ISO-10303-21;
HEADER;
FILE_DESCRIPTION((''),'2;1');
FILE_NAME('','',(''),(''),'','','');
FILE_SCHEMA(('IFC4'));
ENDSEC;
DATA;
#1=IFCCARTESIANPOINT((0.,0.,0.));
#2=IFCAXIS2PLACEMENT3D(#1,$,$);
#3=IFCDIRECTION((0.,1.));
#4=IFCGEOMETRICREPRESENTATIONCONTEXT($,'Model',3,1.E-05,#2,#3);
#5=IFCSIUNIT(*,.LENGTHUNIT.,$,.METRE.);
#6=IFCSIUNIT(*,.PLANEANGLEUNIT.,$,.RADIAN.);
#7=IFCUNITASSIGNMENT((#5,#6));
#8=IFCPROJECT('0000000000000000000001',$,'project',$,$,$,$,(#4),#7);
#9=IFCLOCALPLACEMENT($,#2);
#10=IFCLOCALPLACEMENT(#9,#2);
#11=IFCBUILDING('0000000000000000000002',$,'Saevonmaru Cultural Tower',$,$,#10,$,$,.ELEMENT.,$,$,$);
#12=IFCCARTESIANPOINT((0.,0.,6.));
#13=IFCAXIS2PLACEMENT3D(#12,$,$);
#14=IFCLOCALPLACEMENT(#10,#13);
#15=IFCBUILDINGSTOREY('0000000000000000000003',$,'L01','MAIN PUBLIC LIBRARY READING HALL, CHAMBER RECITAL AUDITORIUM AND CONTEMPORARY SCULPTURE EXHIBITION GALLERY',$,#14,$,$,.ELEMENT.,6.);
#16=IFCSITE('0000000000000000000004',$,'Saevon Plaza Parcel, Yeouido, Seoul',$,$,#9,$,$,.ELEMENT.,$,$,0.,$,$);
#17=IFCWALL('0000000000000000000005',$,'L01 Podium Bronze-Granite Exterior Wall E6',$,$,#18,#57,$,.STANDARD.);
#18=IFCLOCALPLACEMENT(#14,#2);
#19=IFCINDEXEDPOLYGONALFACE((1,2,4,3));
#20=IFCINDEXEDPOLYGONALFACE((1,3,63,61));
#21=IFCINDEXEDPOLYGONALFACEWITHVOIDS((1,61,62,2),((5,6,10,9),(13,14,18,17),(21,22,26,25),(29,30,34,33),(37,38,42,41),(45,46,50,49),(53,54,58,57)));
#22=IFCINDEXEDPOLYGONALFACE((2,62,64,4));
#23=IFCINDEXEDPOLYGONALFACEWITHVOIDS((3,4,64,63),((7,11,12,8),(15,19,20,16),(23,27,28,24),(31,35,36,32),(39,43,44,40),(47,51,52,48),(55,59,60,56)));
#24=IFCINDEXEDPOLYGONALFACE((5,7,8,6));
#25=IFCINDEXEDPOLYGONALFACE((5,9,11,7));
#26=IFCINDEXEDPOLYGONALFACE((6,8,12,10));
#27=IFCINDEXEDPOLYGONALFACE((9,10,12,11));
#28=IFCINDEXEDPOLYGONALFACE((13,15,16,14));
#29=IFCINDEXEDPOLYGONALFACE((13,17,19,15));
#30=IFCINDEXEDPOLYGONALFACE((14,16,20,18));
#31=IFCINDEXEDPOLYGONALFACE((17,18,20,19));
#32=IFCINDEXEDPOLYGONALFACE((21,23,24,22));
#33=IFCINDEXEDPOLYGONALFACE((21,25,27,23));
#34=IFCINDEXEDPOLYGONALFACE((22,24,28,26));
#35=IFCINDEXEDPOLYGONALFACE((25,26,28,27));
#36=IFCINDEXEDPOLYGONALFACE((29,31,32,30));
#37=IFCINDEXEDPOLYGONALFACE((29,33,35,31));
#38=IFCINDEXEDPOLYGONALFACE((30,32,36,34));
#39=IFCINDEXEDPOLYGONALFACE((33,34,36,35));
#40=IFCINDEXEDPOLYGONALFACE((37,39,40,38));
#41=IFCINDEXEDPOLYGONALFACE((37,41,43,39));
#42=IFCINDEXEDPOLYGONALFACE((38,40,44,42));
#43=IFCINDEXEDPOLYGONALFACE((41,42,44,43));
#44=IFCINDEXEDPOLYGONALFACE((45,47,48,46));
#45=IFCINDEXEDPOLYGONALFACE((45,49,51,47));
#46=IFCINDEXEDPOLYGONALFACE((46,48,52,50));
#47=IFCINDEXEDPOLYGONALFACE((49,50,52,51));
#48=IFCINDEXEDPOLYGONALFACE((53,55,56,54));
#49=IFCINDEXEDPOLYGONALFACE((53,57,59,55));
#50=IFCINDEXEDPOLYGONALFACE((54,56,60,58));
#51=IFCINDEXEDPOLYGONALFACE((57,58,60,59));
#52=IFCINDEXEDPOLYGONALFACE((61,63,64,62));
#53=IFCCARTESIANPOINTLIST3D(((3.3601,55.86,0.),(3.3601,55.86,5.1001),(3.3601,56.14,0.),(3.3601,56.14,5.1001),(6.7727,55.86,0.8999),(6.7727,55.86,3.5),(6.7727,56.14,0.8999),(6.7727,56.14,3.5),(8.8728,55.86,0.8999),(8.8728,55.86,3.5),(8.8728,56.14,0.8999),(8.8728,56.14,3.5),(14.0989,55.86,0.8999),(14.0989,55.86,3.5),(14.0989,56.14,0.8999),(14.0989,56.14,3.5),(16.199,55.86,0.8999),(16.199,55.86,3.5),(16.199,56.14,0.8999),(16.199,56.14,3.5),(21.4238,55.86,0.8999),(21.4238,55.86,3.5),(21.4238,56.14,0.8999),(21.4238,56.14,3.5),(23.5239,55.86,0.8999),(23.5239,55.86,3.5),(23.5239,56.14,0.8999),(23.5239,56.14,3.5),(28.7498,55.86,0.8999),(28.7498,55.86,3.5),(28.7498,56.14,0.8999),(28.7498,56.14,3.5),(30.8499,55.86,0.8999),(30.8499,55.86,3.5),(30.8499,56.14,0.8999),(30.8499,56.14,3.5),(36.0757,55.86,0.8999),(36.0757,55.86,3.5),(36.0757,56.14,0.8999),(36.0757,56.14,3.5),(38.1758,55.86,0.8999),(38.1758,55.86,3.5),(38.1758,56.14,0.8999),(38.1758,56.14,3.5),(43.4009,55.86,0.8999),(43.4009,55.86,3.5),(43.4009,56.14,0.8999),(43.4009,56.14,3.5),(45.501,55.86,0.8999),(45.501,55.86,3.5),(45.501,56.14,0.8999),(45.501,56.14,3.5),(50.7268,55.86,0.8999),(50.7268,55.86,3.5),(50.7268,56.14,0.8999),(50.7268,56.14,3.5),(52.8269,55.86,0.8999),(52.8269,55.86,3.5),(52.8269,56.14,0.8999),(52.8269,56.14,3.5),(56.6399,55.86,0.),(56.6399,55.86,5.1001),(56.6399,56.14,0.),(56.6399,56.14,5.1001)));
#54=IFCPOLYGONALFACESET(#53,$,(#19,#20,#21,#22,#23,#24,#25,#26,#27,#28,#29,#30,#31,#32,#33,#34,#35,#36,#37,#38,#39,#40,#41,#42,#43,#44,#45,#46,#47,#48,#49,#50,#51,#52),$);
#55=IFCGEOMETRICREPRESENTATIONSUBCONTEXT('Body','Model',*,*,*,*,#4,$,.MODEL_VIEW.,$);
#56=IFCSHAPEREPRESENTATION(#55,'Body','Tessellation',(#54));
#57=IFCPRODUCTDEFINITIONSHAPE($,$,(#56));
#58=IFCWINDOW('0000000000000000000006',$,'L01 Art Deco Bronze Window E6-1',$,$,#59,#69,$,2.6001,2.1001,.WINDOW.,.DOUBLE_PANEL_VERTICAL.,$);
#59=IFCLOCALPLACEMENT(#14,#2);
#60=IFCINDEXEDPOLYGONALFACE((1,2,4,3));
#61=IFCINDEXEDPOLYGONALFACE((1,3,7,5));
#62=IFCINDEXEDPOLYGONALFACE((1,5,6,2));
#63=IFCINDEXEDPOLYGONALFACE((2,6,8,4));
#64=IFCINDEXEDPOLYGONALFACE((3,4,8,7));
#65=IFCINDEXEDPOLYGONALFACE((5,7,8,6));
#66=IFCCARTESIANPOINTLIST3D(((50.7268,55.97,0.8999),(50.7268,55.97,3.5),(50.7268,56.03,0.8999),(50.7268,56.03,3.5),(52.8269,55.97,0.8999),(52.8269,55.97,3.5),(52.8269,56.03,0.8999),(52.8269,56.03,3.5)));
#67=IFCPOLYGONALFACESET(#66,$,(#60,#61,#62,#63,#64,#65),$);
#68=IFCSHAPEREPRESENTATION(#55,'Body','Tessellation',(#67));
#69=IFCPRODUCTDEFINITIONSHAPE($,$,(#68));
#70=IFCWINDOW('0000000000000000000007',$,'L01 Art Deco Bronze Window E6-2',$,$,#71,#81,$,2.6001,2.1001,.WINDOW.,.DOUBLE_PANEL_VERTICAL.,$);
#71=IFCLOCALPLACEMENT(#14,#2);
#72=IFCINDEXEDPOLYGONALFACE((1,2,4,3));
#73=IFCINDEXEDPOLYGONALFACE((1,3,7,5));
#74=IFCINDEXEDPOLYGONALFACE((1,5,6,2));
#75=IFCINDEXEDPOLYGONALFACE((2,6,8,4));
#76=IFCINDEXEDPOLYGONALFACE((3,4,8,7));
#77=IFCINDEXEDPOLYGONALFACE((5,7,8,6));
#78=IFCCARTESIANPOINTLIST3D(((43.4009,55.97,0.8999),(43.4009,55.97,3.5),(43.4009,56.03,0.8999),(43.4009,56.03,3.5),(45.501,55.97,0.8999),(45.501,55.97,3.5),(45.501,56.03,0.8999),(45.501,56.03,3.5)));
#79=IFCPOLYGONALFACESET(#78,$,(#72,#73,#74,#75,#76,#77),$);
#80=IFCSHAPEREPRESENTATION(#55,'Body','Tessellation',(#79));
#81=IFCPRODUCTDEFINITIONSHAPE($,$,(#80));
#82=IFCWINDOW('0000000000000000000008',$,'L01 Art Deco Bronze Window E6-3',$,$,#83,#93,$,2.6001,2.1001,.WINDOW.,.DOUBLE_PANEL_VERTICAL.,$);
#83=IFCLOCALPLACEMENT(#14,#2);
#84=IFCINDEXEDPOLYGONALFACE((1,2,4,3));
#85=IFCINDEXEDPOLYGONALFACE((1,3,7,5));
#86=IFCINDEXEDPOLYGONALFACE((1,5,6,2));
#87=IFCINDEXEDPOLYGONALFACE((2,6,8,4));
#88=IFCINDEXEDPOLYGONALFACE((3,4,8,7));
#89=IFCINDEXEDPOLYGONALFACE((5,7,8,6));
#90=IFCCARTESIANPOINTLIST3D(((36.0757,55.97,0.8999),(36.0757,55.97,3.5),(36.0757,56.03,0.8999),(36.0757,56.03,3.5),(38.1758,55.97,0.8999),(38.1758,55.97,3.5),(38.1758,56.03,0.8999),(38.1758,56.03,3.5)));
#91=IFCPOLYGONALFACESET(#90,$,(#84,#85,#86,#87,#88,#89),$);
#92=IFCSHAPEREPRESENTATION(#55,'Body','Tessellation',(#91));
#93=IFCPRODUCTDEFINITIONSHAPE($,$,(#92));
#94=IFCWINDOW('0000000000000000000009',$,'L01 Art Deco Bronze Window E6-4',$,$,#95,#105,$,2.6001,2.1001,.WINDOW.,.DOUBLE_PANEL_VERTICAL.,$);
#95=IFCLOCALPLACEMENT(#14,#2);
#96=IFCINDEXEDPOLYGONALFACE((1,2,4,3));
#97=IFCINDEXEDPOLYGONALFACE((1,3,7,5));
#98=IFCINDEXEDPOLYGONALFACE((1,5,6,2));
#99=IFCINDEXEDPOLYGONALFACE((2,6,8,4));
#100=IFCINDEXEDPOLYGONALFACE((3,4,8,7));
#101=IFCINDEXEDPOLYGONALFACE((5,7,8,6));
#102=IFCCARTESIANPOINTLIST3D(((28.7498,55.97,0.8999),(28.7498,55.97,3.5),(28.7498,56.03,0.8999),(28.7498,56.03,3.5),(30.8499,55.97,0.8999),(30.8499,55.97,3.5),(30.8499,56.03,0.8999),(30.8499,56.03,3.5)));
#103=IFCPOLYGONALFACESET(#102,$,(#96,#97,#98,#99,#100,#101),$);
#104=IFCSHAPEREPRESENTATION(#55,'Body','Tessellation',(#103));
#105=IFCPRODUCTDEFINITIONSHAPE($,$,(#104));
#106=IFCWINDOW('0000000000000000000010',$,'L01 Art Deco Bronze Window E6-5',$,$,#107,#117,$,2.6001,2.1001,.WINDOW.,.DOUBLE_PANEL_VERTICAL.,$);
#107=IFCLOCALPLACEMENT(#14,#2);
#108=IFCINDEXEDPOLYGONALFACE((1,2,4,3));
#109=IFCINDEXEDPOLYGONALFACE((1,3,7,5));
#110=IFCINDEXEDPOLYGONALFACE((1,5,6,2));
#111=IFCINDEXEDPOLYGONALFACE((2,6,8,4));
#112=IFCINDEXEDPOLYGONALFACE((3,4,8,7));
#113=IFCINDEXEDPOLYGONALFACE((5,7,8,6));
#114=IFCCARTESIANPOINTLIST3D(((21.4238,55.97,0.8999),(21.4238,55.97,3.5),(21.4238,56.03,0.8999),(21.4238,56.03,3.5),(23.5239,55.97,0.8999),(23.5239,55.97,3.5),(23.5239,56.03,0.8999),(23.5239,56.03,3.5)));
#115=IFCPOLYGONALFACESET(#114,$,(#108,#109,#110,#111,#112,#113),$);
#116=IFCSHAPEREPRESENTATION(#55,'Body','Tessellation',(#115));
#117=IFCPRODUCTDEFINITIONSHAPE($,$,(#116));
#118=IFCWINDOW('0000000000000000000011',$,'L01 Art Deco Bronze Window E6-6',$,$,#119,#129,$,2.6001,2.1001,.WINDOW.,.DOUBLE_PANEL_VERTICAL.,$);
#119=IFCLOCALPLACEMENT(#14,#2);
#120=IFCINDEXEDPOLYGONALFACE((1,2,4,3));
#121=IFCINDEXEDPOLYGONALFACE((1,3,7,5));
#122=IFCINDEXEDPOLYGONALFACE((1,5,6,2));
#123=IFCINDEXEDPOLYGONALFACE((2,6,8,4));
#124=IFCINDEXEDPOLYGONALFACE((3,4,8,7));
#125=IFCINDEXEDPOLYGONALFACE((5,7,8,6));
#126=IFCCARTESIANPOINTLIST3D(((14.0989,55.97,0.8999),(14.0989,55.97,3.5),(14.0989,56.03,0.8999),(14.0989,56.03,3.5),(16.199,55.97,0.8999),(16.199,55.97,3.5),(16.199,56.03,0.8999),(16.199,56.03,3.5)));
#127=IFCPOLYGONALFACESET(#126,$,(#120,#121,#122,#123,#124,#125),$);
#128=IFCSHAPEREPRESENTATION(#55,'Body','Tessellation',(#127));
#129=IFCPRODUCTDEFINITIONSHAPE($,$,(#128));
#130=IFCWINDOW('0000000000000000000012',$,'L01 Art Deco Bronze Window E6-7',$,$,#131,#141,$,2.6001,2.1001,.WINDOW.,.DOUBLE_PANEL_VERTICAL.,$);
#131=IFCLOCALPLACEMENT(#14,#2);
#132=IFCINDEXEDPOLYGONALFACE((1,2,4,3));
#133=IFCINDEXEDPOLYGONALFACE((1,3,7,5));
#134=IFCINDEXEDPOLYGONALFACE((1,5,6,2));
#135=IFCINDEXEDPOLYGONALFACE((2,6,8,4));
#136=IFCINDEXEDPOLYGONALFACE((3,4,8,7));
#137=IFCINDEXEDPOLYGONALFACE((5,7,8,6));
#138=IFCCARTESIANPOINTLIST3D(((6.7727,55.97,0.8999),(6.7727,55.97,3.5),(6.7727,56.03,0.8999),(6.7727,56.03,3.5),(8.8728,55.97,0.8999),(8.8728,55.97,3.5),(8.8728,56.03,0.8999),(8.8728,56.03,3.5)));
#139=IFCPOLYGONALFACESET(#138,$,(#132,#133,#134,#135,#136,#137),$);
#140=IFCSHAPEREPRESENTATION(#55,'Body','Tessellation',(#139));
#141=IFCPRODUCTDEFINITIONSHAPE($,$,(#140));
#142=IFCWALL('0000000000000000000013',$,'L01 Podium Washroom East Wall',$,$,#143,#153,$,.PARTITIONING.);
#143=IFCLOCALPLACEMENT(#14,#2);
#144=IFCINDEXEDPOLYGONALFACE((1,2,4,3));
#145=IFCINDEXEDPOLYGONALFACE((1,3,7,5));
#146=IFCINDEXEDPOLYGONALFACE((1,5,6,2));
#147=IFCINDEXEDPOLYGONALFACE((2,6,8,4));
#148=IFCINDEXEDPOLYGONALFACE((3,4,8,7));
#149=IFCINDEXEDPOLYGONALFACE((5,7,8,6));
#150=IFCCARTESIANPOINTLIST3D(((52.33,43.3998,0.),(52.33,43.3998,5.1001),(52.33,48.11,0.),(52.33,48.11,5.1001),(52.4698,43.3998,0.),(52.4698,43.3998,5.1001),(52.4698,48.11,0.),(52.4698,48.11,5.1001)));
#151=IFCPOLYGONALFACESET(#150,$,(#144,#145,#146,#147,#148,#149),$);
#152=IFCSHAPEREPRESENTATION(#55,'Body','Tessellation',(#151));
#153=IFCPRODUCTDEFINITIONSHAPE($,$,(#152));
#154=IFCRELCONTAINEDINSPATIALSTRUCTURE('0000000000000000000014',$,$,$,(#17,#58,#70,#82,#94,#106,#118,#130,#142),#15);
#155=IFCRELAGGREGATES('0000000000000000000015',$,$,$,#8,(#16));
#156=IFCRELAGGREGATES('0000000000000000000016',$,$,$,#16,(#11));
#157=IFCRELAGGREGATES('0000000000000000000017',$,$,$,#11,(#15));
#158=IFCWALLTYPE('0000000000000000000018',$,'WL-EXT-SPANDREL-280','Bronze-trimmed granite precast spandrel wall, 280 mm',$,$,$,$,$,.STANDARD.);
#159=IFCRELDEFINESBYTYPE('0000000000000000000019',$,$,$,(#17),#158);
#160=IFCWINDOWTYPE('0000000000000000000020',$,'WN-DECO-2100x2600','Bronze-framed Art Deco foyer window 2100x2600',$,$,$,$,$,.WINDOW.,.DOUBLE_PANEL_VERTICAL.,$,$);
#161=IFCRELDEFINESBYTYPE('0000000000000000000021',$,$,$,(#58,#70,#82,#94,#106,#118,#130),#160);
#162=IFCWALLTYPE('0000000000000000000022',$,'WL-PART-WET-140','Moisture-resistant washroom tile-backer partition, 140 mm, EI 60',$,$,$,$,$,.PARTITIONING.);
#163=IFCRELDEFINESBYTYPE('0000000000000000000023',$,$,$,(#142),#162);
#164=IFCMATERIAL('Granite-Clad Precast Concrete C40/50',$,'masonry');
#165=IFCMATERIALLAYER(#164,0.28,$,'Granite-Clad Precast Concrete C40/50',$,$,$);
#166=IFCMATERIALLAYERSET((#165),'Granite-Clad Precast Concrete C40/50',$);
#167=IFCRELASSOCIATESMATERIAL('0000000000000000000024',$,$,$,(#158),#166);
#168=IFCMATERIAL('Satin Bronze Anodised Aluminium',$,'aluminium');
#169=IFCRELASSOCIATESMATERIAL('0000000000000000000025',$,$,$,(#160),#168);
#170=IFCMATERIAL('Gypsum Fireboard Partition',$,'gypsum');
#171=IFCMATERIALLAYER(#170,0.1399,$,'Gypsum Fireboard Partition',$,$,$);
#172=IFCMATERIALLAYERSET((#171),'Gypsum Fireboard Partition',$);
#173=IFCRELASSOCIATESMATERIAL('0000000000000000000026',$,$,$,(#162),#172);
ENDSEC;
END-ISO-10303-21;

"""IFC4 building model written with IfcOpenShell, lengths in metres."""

from ifc_helpers import new_model, si_unit, direction, frame, frame_2d, origin, place, context, subcontext, project, spatial, rectangle, extrude, material, layer, layer_set, type_object, element, fill, save


model = new_model("IFC4")

# Units and contexts
model_context = context("Model", 3, precision=1e-05, world=origin(), true_north=direction((0.0, 1.0)))
body_context = subcontext(model_context, "Body", "Model", "MODEL_VIEW")
ifc_project = project(units=[si_unit("LENGTHUNIT", "METRE"), si_unit("PLANEANGLEUNIT", "RADIAN")], contexts=[model_context])

# Site, building, storey
site_placement = place(None, origin())
site = spatial("IfcSite", under=ifc_project, at=site_placement, Name="Saevon Plaza Parcel, Yeouido, Seoul", CompositionType="ELEMENT", RefElevation=0.0)
building_placement = place(site_placement, origin())
building = spatial("IfcBuilding", under=site, at=building_placement, Name="Saevonmaru Cultural Tower", CompositionType="ELEMENT")
storey_placement = place(building_placement, frame((0.0, 0.0, 6.0)))
storey = spatial("IfcBuildingStorey", under=building, at=storey_placement, Name="L01", Description="MAIN PUBLIC LIBRARY READING HALL, CHAMBER RECITAL AUDITORIUM AND CONTEMPORARY SCULPTURE EXHIBITION GALLERY", CompositionType="ELEMENT", Elevation=6.0)

# Shared definitions
ifc_material_1 = material(Name="Satin Bronze Anodised Aluminium", Category="aluminium")

# Shared definitions
ifc_material_2 = material(Name="Granite-Clad Precast Concrete C40/50", Category="masonry")

# Wall, openings, windows
ifc_layer_1 = layer(ifc_material_2, 0.28, Name="Granite-Clad Precast Concrete C40/50")
ifc_layer_set_1 = layer_set([ifc_layer_1], Name="Granite-Clad Precast Concrete C40/50")
wall_type_1 = type_object("IfcWallType", Name="WL-EXT-SPANDREL-280", Description="Bronze-trimmed granite precast spandrel wall, 280 mm", PredefinedType="STANDARD", material=ifc_layer_set_1)
wall_1_placement = place(storey_placement, frame((56.6399, 56.0, 0.0), z_axis=(0.0, 0.0, 1.0), x_axis=(-1.0, 0.0, 0.0)))
wall_1 = element("IfcWall", 1, at=wall_1_placement, inside=storey, type_object=wall_type_1, Name="L01 Podium Bronze-Granite Exterior Wall E6", PredefinedType="STANDARD", context=body_context, shape_type="SweptSolid", body=[
    extrude(rectangle(XDim=53.2798, YDim=0.28, at=frame_2d((26.6399, 0.0))), origin(), (0.0, 0.0, 1.0), 5.1001),
])
opening_1_placement = place(wall_1_placement, frame((3.813, 0.0, 0.8999)))
opening_1 = element("IfcOpeningElement", 2, at=opening_1_placement, cuts=wall_1, PredefinedType="OPENING", context=body_context, shape_type="SweptSolid", body=[
    extrude(rectangle(XDim=2.1001, YDim=2.6001, at=frame_2d((1.05, 1.3))), frame((0.0, 0.1499, 0.0), z_axis=(0.0, -1.0, 0.0), x_axis=(1.0, 0.0, 0.0)), (0.0, 0.0, 1.0), 0.3),
])
opening_2_placement = place(wall_1_placement, frame((11.1389, 0.0, 0.8999)))
opening_2 = element("IfcOpeningElement", 3, at=opening_2_placement, cuts=wall_1, PredefinedType="OPENING", context=body_context, shape_type="SweptSolid", body=[
    extrude(rectangle(XDim=2.1001, YDim=2.6001, at=frame_2d((1.05, 1.3))), frame((0.0, 0.1499, 0.0), z_axis=(0.0, -1.0, 0.0), x_axis=(1.0, 0.0, 0.0)), (0.0, 0.0, 1.0), 0.3),
])
opening_3_placement = place(wall_1_placement, frame((18.4641, 0.0, 0.8999)))
opening_3 = element("IfcOpeningElement", 4, at=opening_3_placement, cuts=wall_1, PredefinedType="OPENING", context=body_context, shape_type="SweptSolid", body=[
    extrude(rectangle(XDim=2.1001, YDim=2.6001, at=frame_2d((1.05, 1.3))), frame((0.0, 0.1499, 0.0), z_axis=(0.0, -1.0, 0.0), x_axis=(1.0, 0.0, 0.0)), (0.0, 0.0, 1.0), 0.3),
])
opening_4_placement = place(wall_1_placement, frame((25.79, 0.0, 0.8999)))
opening_4 = element("IfcOpeningElement", 5, at=opening_4_placement, cuts=wall_1, PredefinedType="OPENING", context=body_context, shape_type="SweptSolid", body=[
    extrude(rectangle(XDim=2.1001, YDim=2.6001, at=frame_2d((1.05, 1.3))), frame((0.0, 0.1499, 0.0), z_axis=(0.0, -1.0, 0.0), x_axis=(1.0, 0.0, 0.0)), (0.0, 0.0, 1.0), 0.3),
])
opening_5_placement = place(wall_1_placement, frame((33.116, 0.0, 0.8999)))
opening_5 = element("IfcOpeningElement", 6, at=opening_5_placement, cuts=wall_1, PredefinedType="OPENING", context=body_context, shape_type="SweptSolid", body=[
    extrude(rectangle(XDim=2.1001, YDim=2.6001, at=frame_2d((1.05, 1.3))), frame((0.0, 0.1499, 0.0), z_axis=(0.0, -1.0, 0.0), x_axis=(1.0, 0.0, 0.0)), (0.0, 0.0, 1.0), 0.3),
])
opening_6_placement = place(wall_1_placement, frame((40.4409, 0.0, 0.8999)))
opening_6 = element("IfcOpeningElement", 7, at=opening_6_placement, cuts=wall_1, PredefinedType="OPENING", context=body_context, shape_type="SweptSolid", body=[
    extrude(rectangle(XDim=2.1001, YDim=2.6001, at=frame_2d((1.05, 1.3))), frame((0.0, 0.1499, 0.0), z_axis=(0.0, -1.0, 0.0), x_axis=(1.0, 0.0, 0.0)), (0.0, 0.0, 1.0), 0.3),
])
opening_7_placement = place(wall_1_placement, frame((47.7671, 0.0, 0.8999)))
opening_7 = element("IfcOpeningElement", 8, at=opening_7_placement, cuts=wall_1, PredefinedType="OPENING", context=body_context, shape_type="SweptSolid", body=[
    extrude(rectangle(XDim=2.1001, YDim=2.6001, at=frame_2d((1.05, 1.3))), frame((0.0, 0.1499, 0.0), z_axis=(0.0, -1.0, 0.0), x_axis=(1.0, 0.0, 0.0)), (0.0, 0.0, 1.0), 0.3),
])
window_type_1 = type_object("IfcWindowType", Name="WN-DECO-2100x2600", Description="Bronze-framed Art Deco foyer window 2100x2600", PartitioningType="DOUBLE_PANEL_VERTICAL", PredefinedType="WINDOW", material=ifc_material_1)
window_1_placement = place(opening_1_placement, origin())
window_1 = element("IfcWindow", 9, at=window_1_placement, inside=storey, type_object=window_type_1, Name="L01 Art Deco Bronze Window E6-1", OverallHeight=2.6001, OverallWidth=2.1001, PartitioningType="DOUBLE_PANEL_VERTICAL", PredefinedType="WINDOW", context=body_context, shape_type="SweptSolid", body=[
    extrude(rectangle(XDim=2.1001, YDim=2.6001, at=frame_2d((1.05, 1.3))), frame((0.0, 0.03, 0.0), z_axis=(0.0, -1.0, 0.0), x_axis=(1.0, 0.0, 0.0)), (0.0, 0.0, 1.0), 0.0601),
])
fill(opening_1, window_1)
window_2_placement = place(opening_2_placement, origin())
window_2 = element("IfcWindow", 10, at=window_2_placement, inside=storey, type_object=window_type_1, Name="L01 Art Deco Bronze Window E6-2", OverallHeight=2.6001, OverallWidth=2.1001, PartitioningType="DOUBLE_PANEL_VERTICAL", PredefinedType="WINDOW", context=body_context, shape_type="SweptSolid", body=[
    extrude(rectangle(XDim=2.1001, YDim=2.6001, at=frame_2d((1.05, 1.3))), frame((0.0, 0.03, 0.0), z_axis=(0.0, -1.0, 0.0), x_axis=(1.0, 0.0, 0.0)), (0.0, 0.0, 1.0), 0.0601),
])
fill(opening_2, window_2)
window_3_placement = place(opening_3_placement, origin())
window_3 = element("IfcWindow", 11, at=window_3_placement, inside=storey, type_object=window_type_1, Name="L01 Art Deco Bronze Window E6-3", OverallHeight=2.6001, OverallWidth=2.1001, PartitioningType="DOUBLE_PANEL_VERTICAL", PredefinedType="WINDOW", context=body_context, shape_type="SweptSolid", body=[
    extrude(rectangle(XDim=2.1001, YDim=2.6001, at=frame_2d((1.05, 1.3))), frame((0.0, 0.03, 0.0), z_axis=(0.0, -1.0, 0.0), x_axis=(1.0, 0.0, 0.0)), (0.0, 0.0, 1.0), 0.0601),
])
fill(opening_3, window_3)
window_4_placement = place(opening_4_placement, origin())
window_4 = element("IfcWindow", 12, at=window_4_placement, inside=storey, type_object=window_type_1, Name="L01 Art Deco Bronze Window E6-4", OverallHeight=2.6001, OverallWidth=2.1001, PartitioningType="DOUBLE_PANEL_VERTICAL", PredefinedType="WINDOW", context=body_context, shape_type="SweptSolid", body=[
    extrude(rectangle(XDim=2.1001, YDim=2.6001, at=frame_2d((1.05, 1.3))), frame((0.0, 0.03, 0.0), z_axis=(0.0, -1.0, 0.0), x_axis=(1.0, 0.0, 0.0)), (0.0, 0.0, 1.0), 0.0601),
])
fill(opening_4, window_4)
window_5_placement = place(opening_5_placement, origin())
window_5 = element("IfcWindow", 13, at=window_5_placement, inside=storey, type_object=window_type_1, Name="L01 Art Deco Bronze Window E6-5", OverallHeight=2.6001, OverallWidth=2.1001, PartitioningType="DOUBLE_PANEL_VERTICAL", PredefinedType="WINDOW", context=body_context, shape_type="SweptSolid", body=[
    extrude(rectangle(XDim=2.1001, YDim=2.6001, at=frame_2d((1.05, 1.3))), frame((0.0, 0.03, 0.0), z_axis=(0.0, -1.0, 0.0), x_axis=(1.0, 0.0, 0.0)), (0.0, 0.0, 1.0), 0.0601),
])
fill(opening_5, window_5)
window_6_placement = place(opening_6_placement, origin())
window_6 = element("IfcWindow", 14, at=window_6_placement, inside=storey, type_object=window_type_1, Name="L01 Art Deco Bronze Window E6-6", OverallHeight=2.6001, OverallWidth=2.1001, PartitioningType="DOUBLE_PANEL_VERTICAL", PredefinedType="WINDOW", context=body_context, shape_type="SweptSolid", body=[
    extrude(rectangle(XDim=2.1001, YDim=2.6001, at=frame_2d((1.05, 1.3))), frame((0.0, 0.03, 0.0), z_axis=(0.0, -1.0, 0.0), x_axis=(1.0, 0.0, 0.0)), (0.0, 0.0, 1.0), 0.0601),
])
fill(opening_6, window_6)
window_7_placement = place(opening_7_placement, origin())
window_7 = element("IfcWindow", 15, at=window_7_placement, inside=storey, type_object=window_type_1, Name="L01 Art Deco Bronze Window E6-7", OverallHeight=2.6001, OverallWidth=2.1001, PartitioningType="DOUBLE_PANEL_VERTICAL", PredefinedType="WINDOW", context=body_context, shape_type="SweptSolid", body=[
    extrude(rectangle(XDim=2.1001, YDim=2.6001, at=frame_2d((1.05, 1.3))), frame((0.0, 0.03, 0.0), z_axis=(0.0, -1.0, 0.0), x_axis=(1.0, 0.0, 0.0)), (0.0, 0.0, 1.0), 0.0601),
])
fill(opening_7, window_7)

# Wall
ifc_material_3 = material(Name="Gypsum Fireboard Partition", Category="gypsum")
ifc_layer_2 = layer(ifc_material_3, 0.1399, Name="Gypsum Fireboard Partition")
ifc_layer_set_2 = layer_set([ifc_layer_2], Name="Gypsum Fireboard Partition")
wall_type_2 = type_object("IfcWallType", Name="WL-PART-WET-140", Description="Moisture-resistant washroom tile-backer partition, 140 mm, EI 60", PredefinedType="PARTITIONING", material=ifc_layer_set_2)
wall_2_placement = place(storey_placement, frame((52.3999, 43.3999, 0.0), z_axis=(0.0, 0.0, 1.0), x_axis=(0.0, 1.0, 0.0)))
element("IfcWall", 16, at=wall_2_placement, inside=storey, type_object=wall_type_2, Name="L01 Podium Washroom East Wall", PredefinedType="PARTITIONING", context=body_context, shape_type="SweptSolid", body=[
    extrude(rectangle(XDim=4.7102, YDim=0.1399, at=frame_2d((2.355, 0.0))), origin(), (0.0, 0.0, 1.0), 5.1001),
])

save(model, "model.ifc")
